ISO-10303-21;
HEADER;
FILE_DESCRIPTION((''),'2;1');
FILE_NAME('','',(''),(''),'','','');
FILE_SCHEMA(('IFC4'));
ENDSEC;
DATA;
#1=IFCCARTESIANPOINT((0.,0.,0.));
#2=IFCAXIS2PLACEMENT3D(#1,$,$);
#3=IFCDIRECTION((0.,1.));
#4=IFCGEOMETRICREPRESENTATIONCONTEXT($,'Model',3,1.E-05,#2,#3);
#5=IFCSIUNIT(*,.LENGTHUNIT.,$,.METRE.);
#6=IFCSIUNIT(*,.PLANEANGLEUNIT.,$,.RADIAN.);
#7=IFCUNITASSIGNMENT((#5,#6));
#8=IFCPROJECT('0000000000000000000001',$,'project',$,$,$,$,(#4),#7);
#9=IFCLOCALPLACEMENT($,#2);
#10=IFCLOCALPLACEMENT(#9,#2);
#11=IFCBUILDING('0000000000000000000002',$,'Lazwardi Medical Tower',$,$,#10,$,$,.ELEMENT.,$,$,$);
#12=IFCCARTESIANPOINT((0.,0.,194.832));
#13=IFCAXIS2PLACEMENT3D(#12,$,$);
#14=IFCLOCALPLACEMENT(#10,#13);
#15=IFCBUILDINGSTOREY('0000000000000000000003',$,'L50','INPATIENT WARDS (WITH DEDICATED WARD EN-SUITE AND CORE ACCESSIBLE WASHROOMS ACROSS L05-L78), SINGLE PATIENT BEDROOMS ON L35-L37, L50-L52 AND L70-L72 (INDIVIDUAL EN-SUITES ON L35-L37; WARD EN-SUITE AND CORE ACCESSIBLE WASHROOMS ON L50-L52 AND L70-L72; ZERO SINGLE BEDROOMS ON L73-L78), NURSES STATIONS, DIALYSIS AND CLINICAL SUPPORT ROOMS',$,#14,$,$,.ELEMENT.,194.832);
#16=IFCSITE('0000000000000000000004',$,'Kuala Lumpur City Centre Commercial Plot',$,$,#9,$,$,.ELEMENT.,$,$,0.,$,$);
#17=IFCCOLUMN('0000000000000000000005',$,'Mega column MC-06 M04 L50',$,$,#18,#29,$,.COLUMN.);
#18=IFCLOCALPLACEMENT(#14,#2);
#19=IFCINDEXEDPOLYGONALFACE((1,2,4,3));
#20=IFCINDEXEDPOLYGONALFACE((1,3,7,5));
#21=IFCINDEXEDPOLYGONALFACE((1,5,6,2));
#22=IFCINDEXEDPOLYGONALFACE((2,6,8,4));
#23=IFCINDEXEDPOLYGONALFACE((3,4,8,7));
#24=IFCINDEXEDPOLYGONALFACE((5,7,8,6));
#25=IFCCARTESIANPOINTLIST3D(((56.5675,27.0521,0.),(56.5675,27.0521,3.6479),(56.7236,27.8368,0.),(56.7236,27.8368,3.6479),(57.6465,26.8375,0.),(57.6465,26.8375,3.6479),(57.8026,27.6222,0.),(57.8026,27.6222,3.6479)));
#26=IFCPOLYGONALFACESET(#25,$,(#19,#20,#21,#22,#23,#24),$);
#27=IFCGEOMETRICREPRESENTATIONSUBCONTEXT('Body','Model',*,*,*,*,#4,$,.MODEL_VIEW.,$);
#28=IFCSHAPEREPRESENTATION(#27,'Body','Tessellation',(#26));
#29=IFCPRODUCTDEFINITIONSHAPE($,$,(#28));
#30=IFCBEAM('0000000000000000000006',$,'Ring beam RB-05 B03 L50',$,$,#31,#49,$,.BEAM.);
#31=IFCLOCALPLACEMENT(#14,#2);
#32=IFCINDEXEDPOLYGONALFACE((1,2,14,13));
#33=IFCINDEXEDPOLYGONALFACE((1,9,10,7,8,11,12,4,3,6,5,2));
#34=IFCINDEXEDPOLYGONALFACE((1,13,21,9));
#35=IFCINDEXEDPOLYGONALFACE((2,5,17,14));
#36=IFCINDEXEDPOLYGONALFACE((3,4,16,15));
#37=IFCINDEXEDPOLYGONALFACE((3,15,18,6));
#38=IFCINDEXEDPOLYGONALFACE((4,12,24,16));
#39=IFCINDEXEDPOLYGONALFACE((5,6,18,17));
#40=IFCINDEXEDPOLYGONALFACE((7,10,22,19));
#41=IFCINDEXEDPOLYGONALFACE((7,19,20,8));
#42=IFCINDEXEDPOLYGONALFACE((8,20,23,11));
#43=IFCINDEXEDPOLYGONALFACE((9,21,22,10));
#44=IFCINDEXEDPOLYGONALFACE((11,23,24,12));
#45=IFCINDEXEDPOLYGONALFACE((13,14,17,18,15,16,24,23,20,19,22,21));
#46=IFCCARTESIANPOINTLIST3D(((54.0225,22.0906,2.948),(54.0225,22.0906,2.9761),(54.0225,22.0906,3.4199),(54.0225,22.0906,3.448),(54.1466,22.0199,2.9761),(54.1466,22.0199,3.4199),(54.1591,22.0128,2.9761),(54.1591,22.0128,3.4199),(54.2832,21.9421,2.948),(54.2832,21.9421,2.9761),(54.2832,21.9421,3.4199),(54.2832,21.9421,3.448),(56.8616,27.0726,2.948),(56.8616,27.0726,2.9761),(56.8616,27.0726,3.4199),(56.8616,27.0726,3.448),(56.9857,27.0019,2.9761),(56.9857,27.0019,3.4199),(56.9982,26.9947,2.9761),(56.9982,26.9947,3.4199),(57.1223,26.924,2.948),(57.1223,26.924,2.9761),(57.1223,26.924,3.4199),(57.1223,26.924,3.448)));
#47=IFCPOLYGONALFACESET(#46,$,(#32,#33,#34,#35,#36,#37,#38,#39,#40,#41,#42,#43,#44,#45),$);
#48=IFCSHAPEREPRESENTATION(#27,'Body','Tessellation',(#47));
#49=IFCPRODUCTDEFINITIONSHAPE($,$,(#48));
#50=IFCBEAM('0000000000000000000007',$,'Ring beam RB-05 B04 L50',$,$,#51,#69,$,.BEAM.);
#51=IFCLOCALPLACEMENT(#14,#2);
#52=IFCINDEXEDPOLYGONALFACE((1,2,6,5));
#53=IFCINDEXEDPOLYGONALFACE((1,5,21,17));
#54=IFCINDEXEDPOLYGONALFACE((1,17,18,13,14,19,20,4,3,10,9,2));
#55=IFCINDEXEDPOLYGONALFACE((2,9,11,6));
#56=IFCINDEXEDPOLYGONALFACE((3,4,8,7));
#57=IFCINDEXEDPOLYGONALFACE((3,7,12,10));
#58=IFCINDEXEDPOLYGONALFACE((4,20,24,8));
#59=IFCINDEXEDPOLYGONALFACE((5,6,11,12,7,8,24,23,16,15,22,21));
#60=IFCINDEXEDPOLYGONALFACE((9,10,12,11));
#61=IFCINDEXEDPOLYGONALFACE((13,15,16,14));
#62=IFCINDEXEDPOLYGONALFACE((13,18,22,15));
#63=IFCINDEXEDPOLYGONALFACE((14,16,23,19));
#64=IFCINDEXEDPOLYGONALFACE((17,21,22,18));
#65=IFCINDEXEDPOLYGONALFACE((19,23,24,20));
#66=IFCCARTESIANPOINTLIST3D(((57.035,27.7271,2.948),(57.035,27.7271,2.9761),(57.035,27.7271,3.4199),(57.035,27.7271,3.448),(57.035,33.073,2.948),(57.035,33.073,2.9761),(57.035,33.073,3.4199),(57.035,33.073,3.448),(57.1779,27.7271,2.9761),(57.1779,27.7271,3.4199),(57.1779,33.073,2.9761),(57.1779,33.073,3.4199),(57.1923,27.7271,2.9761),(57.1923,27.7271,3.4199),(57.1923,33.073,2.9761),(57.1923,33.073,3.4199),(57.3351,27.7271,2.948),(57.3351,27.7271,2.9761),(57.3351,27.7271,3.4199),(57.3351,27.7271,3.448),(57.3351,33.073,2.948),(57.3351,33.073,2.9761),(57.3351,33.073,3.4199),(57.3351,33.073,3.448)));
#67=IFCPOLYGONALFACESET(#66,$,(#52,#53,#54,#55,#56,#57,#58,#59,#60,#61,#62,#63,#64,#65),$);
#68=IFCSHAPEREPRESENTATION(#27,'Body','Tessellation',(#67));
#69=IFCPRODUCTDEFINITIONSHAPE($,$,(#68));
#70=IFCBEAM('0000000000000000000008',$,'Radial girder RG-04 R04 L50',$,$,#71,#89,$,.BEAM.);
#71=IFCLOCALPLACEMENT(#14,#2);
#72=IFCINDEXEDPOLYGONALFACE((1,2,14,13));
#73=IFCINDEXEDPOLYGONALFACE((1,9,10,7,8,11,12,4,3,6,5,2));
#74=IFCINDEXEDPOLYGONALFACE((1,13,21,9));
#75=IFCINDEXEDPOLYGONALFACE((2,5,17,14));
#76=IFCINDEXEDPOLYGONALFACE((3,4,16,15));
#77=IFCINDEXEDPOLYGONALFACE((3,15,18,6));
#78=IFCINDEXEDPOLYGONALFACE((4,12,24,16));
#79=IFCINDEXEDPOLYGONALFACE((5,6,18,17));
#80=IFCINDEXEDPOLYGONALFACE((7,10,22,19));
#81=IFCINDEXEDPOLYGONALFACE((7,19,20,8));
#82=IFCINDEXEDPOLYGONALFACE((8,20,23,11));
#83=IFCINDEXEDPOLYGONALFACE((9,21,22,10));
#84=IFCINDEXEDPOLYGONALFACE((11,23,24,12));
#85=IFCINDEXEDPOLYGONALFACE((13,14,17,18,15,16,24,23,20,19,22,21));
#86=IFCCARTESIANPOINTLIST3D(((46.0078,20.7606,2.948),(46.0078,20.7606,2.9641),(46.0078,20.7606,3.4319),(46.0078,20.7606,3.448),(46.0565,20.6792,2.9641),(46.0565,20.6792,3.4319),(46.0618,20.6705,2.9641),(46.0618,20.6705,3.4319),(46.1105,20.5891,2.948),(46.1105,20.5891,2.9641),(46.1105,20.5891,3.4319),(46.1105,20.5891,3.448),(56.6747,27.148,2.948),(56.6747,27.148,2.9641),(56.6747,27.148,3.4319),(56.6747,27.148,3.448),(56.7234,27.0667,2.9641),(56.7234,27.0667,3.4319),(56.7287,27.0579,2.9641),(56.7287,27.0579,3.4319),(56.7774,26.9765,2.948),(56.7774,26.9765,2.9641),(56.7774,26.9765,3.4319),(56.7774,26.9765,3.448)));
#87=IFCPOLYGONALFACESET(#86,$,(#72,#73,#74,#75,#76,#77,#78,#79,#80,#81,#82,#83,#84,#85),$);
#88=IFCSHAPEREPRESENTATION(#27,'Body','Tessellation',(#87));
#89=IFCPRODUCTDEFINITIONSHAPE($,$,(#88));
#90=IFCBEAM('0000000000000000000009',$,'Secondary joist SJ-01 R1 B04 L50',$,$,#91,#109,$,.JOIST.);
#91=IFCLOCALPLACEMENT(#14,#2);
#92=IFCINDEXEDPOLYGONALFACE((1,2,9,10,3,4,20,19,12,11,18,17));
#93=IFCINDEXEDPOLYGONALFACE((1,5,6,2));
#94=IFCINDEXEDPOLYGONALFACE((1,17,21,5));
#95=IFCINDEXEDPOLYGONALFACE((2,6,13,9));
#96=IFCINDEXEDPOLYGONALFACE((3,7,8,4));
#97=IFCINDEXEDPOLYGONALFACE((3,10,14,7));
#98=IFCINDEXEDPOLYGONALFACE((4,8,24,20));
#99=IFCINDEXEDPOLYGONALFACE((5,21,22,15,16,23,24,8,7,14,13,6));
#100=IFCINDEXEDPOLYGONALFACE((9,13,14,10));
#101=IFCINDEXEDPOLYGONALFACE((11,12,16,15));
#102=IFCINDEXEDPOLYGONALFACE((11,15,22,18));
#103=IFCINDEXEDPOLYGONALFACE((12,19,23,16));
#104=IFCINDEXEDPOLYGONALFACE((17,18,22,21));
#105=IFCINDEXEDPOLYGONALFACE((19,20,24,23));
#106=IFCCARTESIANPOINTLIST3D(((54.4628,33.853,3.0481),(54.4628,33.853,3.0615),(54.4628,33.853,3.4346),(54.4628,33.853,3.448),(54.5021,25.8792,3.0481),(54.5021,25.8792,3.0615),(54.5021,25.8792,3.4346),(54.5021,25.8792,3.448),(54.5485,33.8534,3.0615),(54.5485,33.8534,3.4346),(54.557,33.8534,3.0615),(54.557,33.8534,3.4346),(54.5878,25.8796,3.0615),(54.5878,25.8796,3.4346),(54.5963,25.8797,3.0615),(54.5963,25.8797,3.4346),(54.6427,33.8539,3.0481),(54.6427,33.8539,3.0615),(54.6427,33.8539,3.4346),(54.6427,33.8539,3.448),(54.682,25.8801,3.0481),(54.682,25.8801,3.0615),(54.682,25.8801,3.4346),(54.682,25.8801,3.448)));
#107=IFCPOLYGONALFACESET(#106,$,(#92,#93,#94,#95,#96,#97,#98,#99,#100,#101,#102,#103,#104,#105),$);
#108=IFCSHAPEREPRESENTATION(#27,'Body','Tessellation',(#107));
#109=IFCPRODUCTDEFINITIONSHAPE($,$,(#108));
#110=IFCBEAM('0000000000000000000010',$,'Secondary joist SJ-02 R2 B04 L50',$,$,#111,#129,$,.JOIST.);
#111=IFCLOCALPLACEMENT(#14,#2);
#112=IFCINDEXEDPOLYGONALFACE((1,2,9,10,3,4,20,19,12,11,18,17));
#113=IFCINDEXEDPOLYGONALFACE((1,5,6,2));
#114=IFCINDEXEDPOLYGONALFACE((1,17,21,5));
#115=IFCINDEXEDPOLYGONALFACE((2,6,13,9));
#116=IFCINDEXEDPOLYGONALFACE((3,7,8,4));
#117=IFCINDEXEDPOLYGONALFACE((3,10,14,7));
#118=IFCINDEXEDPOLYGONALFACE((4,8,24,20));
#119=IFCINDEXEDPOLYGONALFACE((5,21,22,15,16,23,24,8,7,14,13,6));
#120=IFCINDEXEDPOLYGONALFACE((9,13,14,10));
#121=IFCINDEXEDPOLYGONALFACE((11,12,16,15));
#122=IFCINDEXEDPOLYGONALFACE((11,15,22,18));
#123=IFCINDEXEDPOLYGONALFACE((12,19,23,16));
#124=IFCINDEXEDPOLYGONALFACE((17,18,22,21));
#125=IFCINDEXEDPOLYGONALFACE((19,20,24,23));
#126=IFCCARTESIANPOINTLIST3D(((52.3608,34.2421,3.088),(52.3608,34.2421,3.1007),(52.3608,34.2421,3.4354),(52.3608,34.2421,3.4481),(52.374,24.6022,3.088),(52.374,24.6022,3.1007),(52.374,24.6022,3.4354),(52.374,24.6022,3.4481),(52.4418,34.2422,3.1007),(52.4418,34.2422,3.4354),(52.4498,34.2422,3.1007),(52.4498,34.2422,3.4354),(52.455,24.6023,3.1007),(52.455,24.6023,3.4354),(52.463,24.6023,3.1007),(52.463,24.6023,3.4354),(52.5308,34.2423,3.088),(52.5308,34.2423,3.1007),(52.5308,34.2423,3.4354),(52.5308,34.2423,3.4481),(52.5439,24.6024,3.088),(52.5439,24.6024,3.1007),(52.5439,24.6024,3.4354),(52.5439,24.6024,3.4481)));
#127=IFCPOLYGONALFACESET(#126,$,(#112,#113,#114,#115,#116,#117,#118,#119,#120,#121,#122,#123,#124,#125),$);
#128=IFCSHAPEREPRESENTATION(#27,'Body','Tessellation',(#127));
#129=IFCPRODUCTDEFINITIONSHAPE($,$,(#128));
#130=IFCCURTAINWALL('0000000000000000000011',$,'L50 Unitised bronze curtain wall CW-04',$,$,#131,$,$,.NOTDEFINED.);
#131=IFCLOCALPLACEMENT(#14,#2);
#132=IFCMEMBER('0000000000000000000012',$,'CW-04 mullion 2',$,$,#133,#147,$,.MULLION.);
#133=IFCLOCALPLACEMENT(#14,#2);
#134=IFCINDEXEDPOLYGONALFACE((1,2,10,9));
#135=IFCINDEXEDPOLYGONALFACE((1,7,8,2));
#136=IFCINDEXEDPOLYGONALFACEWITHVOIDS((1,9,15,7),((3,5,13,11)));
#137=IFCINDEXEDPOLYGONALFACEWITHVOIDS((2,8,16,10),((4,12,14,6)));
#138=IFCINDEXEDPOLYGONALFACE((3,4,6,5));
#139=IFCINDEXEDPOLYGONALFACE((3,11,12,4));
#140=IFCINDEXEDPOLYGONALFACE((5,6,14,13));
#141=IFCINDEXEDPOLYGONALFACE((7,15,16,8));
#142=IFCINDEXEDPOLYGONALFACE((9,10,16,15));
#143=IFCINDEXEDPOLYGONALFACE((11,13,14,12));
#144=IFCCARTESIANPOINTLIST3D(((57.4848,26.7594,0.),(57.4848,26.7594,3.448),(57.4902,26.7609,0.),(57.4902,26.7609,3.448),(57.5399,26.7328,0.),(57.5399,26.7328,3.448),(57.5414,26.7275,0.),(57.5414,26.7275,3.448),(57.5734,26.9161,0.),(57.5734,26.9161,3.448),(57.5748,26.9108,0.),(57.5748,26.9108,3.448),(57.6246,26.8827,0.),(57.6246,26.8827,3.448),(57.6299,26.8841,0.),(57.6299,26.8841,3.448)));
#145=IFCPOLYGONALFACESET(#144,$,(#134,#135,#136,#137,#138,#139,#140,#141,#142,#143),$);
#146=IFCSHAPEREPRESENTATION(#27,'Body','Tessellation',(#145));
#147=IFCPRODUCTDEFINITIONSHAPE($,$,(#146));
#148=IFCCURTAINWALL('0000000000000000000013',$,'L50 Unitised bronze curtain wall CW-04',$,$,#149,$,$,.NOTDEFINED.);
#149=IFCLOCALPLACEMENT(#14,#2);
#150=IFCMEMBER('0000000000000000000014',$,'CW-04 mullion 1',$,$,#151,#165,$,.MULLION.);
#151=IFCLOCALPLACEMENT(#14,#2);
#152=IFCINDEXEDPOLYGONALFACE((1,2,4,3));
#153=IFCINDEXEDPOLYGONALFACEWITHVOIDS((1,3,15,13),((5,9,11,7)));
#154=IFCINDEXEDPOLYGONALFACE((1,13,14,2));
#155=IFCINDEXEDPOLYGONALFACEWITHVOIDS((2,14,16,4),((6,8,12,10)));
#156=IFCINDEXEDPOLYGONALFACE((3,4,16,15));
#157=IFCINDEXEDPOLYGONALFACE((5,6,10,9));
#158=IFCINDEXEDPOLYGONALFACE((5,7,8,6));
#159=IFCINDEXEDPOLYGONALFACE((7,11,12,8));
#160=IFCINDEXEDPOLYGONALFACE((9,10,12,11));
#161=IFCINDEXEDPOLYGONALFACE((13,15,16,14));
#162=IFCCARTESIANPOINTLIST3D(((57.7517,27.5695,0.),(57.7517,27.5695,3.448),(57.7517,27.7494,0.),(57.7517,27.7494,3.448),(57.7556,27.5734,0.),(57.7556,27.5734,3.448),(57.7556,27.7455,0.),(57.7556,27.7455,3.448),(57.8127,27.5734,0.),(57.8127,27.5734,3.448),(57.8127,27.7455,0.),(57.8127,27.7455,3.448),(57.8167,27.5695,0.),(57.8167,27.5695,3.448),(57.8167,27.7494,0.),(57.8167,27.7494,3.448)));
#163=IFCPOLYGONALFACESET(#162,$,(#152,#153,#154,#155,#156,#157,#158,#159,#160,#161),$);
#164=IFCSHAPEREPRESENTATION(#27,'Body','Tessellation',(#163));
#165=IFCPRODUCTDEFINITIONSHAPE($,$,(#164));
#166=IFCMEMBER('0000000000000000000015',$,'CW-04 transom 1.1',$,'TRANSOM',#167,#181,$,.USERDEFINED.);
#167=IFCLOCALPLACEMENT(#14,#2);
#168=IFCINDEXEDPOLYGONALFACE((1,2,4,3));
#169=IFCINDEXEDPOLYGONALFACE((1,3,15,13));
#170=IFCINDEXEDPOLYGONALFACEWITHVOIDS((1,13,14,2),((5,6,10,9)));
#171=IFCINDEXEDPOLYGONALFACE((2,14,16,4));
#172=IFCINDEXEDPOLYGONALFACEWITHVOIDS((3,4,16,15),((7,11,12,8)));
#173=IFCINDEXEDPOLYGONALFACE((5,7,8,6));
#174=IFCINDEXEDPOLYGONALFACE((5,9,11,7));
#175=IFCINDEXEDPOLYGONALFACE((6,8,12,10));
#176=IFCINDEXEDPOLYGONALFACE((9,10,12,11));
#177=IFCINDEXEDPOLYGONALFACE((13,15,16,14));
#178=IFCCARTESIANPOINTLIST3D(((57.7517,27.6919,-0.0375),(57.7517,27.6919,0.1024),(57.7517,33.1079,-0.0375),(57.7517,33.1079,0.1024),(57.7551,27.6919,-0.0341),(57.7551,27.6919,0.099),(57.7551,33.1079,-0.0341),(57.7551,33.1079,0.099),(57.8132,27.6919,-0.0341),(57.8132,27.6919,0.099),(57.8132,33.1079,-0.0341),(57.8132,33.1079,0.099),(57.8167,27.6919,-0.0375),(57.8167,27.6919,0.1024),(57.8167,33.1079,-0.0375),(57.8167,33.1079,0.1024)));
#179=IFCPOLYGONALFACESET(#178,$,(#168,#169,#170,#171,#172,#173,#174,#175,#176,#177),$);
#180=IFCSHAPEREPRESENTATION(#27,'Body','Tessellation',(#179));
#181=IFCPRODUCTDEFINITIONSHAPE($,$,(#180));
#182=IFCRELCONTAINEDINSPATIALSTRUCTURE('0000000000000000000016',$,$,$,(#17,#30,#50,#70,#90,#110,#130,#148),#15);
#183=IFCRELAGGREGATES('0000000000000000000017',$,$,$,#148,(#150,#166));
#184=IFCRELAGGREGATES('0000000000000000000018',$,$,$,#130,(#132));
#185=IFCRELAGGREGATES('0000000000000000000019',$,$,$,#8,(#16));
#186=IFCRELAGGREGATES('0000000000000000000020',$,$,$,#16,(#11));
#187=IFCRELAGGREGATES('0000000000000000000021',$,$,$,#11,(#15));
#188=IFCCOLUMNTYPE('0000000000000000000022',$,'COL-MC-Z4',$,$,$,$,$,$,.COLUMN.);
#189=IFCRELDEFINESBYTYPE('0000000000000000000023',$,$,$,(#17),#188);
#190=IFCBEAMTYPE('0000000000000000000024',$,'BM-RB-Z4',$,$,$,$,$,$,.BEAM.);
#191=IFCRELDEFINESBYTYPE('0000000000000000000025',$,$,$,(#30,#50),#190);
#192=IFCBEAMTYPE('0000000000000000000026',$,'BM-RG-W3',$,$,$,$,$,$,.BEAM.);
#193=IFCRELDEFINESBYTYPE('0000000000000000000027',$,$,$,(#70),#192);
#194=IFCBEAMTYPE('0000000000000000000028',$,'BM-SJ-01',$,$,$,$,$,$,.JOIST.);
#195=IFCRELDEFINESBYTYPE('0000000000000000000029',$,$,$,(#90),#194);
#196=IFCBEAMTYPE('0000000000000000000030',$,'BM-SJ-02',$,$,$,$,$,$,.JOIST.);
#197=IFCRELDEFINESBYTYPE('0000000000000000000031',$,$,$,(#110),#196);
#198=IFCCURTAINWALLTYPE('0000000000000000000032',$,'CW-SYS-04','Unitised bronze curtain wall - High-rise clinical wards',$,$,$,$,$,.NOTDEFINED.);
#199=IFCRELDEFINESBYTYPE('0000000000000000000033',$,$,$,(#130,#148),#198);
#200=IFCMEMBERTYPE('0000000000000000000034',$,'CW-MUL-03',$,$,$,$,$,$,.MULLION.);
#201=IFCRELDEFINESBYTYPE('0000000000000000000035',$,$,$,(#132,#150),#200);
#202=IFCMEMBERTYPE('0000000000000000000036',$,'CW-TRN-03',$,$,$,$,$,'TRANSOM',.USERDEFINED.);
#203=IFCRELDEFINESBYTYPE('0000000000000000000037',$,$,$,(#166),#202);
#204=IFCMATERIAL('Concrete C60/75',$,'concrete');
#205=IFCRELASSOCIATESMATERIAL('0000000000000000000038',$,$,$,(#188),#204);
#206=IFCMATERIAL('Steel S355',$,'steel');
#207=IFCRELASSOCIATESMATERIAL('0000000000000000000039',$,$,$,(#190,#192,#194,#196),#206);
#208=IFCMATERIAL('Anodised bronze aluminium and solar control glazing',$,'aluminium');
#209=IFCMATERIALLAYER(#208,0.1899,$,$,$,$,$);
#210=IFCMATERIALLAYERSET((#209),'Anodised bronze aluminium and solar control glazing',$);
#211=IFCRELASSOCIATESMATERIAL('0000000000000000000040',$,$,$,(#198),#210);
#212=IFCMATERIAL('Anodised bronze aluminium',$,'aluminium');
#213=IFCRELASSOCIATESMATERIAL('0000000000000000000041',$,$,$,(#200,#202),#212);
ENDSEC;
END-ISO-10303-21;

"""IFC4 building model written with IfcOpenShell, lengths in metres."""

from ifc_helpers import new_model, si_unit, direction, frame, origin, origin_2d, place, context, subcontext, project, spatial, rectangle, hollow_rectangle, i_section, extrude, material, layer, layer_set, material_profile, profile_set, type_object, element, aggregate, save


model = new_model("IFC4")

# Units and contexts
model_context = context("Model", 3, precision=1e-05, world=origin(), true_north=direction((0.0, 1.0)))
body_context = subcontext(model_context, "Body", "Model", "MODEL_VIEW")
ifc_project = project(units=[si_unit("LENGTHUNIT", "METRE"), si_unit("PLANEANGLEUNIT", "RADIAN")], contexts=[model_context])

# Site, building, storey
site_placement = place(None, origin())
site = spatial("IfcSite", under=ifc_project, at=site_placement, Name="Kuala Lumpur City Centre Commercial Plot", CompositionType="ELEMENT", RefElevation=0.0)
building_placement = place(site_placement, origin())
building = spatial("IfcBuilding", under=site, at=building_placement, Name="Lazwardi Medical Tower", CompositionType="ELEMENT")
storey_placement = place(building_placement, frame((0.0, 0.0, 194.832)))
storey = spatial("IfcBuildingStorey", under=building, at=storey_placement, Name="L50", Description="INPATIENT WARDS (WITH DEDICATED WARD EN-SUITE AND CORE ACCESSIBLE WASHROOMS ACROSS L05-L78), SINGLE PATIENT BEDROOMS ON L35-L37, L50-L52 AND L70-L72 (INDIVIDUAL EN-SUITES ON L35-L37; WARD EN-SUITE AND CORE ACCESSIBLE WASHROOMS ON L50-L52 AND L70-L72; ZERO SINGLE BEDROOMS ON L73-L78), NURSES STATIONS, DIALYSIS AND CLINICAL SUPPORT ROOMS", CompositionType="ELEMENT", Elevation=194.832)

# Column
ifc_material_1 = material(Name="Concrete C60/75", Category="concrete")
ifc_material_profile_1 = material_profile(ifc_material_1, rectangle(XDim=1.1001, YDim=0.8, at=origin_2d()), Name="CFT-RECT 1100x800")
ifc_profile_set_1 = profile_set([ifc_material_profile_1], Name="Concrete C60/75")
column_type = type_object("IfcColumnType", Name="COL-MC-Z4", PredefinedType="COLUMN", material=ifc_profile_set_1)
column_placement = place(storey_placement, frame((57.1851, 27.3372, 0.0), z_axis=(0.0, 0.0, 1.0), x_axis=(0.980785, -0.19509, 0.0)))
element("IfcColumn", 1, at=column_placement, inside=storey, type_object=column_type, Name="Mega column MC-06 M04 L50", PredefinedType="COLUMN", context=body_context, shape_type="SweptSolid", body=[
    extrude(rectangle(XDim=1.1001, YDim=0.8, at=origin_2d()), origin(), (0.0, 0.0, 1.0), 3.6479),
])

# Beams
ifc_material_2 = material(Name="Steel S355", Category="steel")
ifc_material_profile_2 = material_profile(ifc_material_2, i_section(OverallWidth=0.3, OverallDepth=0.5, WebThickness=0.0144, FlangeThickness=0.0281, at=origin_2d()), Name="HEB 500")
ifc_profile_set_2 = profile_set([ifc_material_profile_2], Name="Steel S355")
beam_type_1 = type_object("IfcBeamType", Name="BM-RB-Z4", PredefinedType="BEAM", material=ifc_profile_set_2)
beam_1_placement = place(storey_placement, frame((54.1528, 22.0164, 3.198), z_axis=(0.495125, 0.868822, 0.0), x_axis=(-0.868822, 0.495125, 0.0)))
element("IfcBeam", 2, at=beam_1_placement, inside=storey, type_object=beam_type_1, Name="Ring beam RB-05 B03 L50", PredefinedType="BEAM", context=body_context, shape_type="SweptSolid", body=[
    extrude(i_section(OverallWidth=0.3, OverallDepth=0.5, WebThickness=0.0144, FlangeThickness=0.0281, at=origin_2d()), origin(), (0.0, 0.0, 1.0), 5.7341),
])
beam_2_placement = place(storey_placement, frame((57.1851, 27.7271, 3.198), z_axis=(0.0, 1.0, 0.0), x_axis=(-1.0, 0.0, 0.0)))
element("IfcBeam", 3, at=beam_2_placement, inside=storey, type_object=beam_type_1, Name="Ring beam RB-05 B04 L50", PredefinedType="BEAM", context=body_context, shape_type="SweptSolid", body=[
    extrude(i_section(OverallWidth=0.3, OverallDepth=0.5, WebThickness=0.0144, FlangeThickness=0.0281, at=origin_2d()), origin(), (0.0, 0.0, 1.0), 5.3459),
])
ifc_material_profile_3 = material_profile(ifc_material_2, i_section(OverallWidth=0.2, OverallDepth=0.5, WebThickness=0.0103, FlangeThickness=0.0161, at=origin_2d()), Name="IPE 500")
ifc_profile_set_3 = profile_set([ifc_material_profile_3], Name="Steel S355")
beam_type_2 = type_object("IfcBeamType", Name="BM-RG-W3", PredefinedType="BEAM", material=ifc_profile_set_3)
beam_3_placement = place(storey_placement, frame((56.7261, 27.0623, 3.198), z_axis=(-0.857945, -0.513742, 0.0), x_axis=(0.513742, -0.857945, 0.0)))
element("IfcBeam", 4, at=beam_3_placement, inside=storey, type_object=beam_type_2, Name="Radial girder RG-04 R04 L50", PredefinedType="BEAM", context=body_context, shape_type="SweptSolid", body=[
    extrude(i_section(OverallWidth=0.2, OverallDepth=0.5, WebThickness=0.0103, FlangeThickness=0.0161, at=origin_2d()), origin(), (0.0, 0.0, 1.0), 12.4331),
])
ifc_material_profile_4 = material_profile(ifc_material_2, i_section(OverallWidth=0.1799, OverallDepth=0.3999, WebThickness=0.0085, FlangeThickness=0.0134, at=origin_2d()), Name="IPE 400")
ifc_profile_set_4 = profile_set([ifc_material_profile_4], Name="Steel S355")
beam_type_3 = type_object("IfcBeamType", Name="BM-SJ-01", PredefinedType="JOIST", material=ifc_profile_set_4)
beam_4_placement = place(storey_placement, frame((54.592, 25.8796, 3.248), z_axis=(-0.004929, 0.999988, 0.0), x_axis=(-0.999988, -0.004929, 0.0)))
element("IfcBeam", 5, at=beam_4_placement, inside=storey, type_object=beam_type_3, Name="Secondary joist SJ-01 R1 B04 L50", PredefinedType="JOIST", context=body_context, shape_type="SweptSolid", body=[
    extrude(i_section(OverallWidth=0.1799, OverallDepth=0.3999, WebThickness=0.0085, FlangeThickness=0.0134, at=origin_2d()), origin(), (0.0, 0.0, 1.0), 7.9739),
])
ifc_material_profile_5 = material_profile(ifc_material_2, i_section(OverallWidth=0.1699, OverallDepth=0.3601, WebThickness=0.0081, FlangeThickness=0.0127, at=origin_2d()), Name="IPE 360")
ifc_profile_set_5 = profile_set([ifc_material_profile_5], Name="Steel S355")
beam_type_4 = type_object("IfcBeamType", Name="BM-SJ-02", PredefinedType="JOIST", material=ifc_profile_set_5)
beam_5_placement = place(storey_placement, frame((52.459, 24.6023, 3.2681), z_axis=(-0.001368, 0.999999, 0.0), x_axis=(-0.999999, -0.001368, 0.0)))
element("IfcBeam", 6, at=beam_5_placement, inside=storey, type_object=beam_type_4, Name="Secondary joist SJ-02 R2 B04 L50", PredefinedType="JOIST", context=body_context, shape_type="SweptSolid", body=[
    extrude(i_section(OverallWidth=0.1699, OverallDepth=0.3601, WebThickness=0.0081, FlangeThickness=0.0127, at=origin_2d()), origin(), (0.0, 0.0, 1.0), 9.6399),
])

# Curtain wall, member
ifc_material_3 = material(Name="Anodised bronze aluminium and solar control glazing", Category="aluminium")
ifc_layer_1 = layer(ifc_material_3, 0.1899)
ifc_layer_set_1 = layer_set([ifc_layer_1], Name="Anodised bronze aluminium and solar control glazing")
curtain_wall_type = type_object("IfcCurtainWallType", Name="CW-SYS-04", Description="Unitised bronze curtain wall - High-rise clinical wards", PredefinedType="NOTDEFINED", material=ifc_layer_set_1)
curtain_wall_1_placement = place(storey_placement, origin())
curtain_wall_1 = element("IfcCurtainWall", 7, at=curtain_wall_1_placement, inside=storey, type_object=curtain_wall_type, Name="L50 Unitised bronze curtain wall CW-04", PredefinedType="NOTDEFINED")
ifc_material_4 = material(Name="Anodised bronze aluminium", Category="aluminium")
ifc_material_profile_6 = material_profile(ifc_material_4, hollow_rectangle(XDim=0.0649, YDim=0.1799, WallThickness=0.0039, at=origin_2d()), Name="ALU-MULLION 180x65x4")
ifc_profile_set_6 = profile_set([ifc_material_profile_6], Name="Anodised bronze aluminium")
member_type_1 = type_object("IfcMemberType", Name="CW-MUL-03", PredefinedType="MULLION", material=ifc_profile_set_6)
member_1_placement = place(storey_placement, frame((57.5574, 26.8218, 0.0), z_axis=(0.0, 0.0, 1.0), x_axis=(-0.870651, 0.4919, 0.0)))
member_1 = element("IfcMember", 8, at=member_1_placement, type_object=member_type_1, Name="CW-04 mullion 2", PredefinedType="MULLION", context=body_context, shape_type="SweptSolid", body=[
    extrude(hollow_rectangle(XDim=0.0649, YDim=0.1799, WallThickness=0.0039, at=origin_2d()), origin(), (0.0, 0.0, 1.0), 3.448),
])

# Curtain wall, members
curtain_wall_2_placement = place(storey_placement, origin())
curtain_wall_2 = element("IfcCurtainWall", 9, at=curtain_wall_2_placement, inside=storey, type_object=curtain_wall_type, Name="L50 Unitised bronze curtain wall CW-04", PredefinedType="NOTDEFINED")
member_2_placement = place(storey_placement, frame((57.7842, 27.6594, 0.0), z_axis=(0.0, 0.0, 1.0), x_axis=(-1.0, 0.0, 0.0)))
member_2 = element("IfcMember", 10, at=member_2_placement, type_object=member_type_1, Name="CW-04 mullion 1", PredefinedType="MULLION", context=body_context, shape_type="SweptSolid", body=[
    extrude(hollow_rectangle(XDim=0.0649, YDim=0.1799, WallThickness=0.0039, at=origin_2d()), origin(), (0.0, 0.0, 1.0), 3.448),
])
ifc_material_profile_7 = material_profile(ifc_material_4, hollow_rectangle(XDim=0.0649, YDim=0.1399, WallThickness=0.0034, at=origin_2d()), Name="ALU-TRANSOM 140x65x3.5")
ifc_profile_set_7 = profile_set([ifc_material_profile_7], Name="Anodised bronze aluminium")
member_type_2 = type_object("IfcMemberType", Name="CW-TRN-03", ElementType="TRANSOM", PredefinedType="USERDEFINED", material=ifc_profile_set_7)
member_3_placement = place(storey_placement, frame((57.7842, 27.6919, 0.0325), z_axis=(0.0, 1.0, 0.0), x_axis=(-1.0, 0.0, 0.0)))
member_3 = element("IfcMember", 11, at=member_3_placement, type_object=member_type_2, Name="CW-04 transom 1.1", ObjectType="TRANSOM", PredefinedType="USERDEFINED", context=body_context, shape_type="SweptSolid", body=[
    extrude(hollow_rectangle(XDim=0.0649, YDim=0.1399, WallThickness=0.0034, at=origin_2d()), origin(), (0.0, 0.0, 1.0), 5.416),
])
aggregate(curtain_wall_2, [member_2, member_3])

aggregate(curtain_wall_1, [member_1])

save(model, "model.ifc")
